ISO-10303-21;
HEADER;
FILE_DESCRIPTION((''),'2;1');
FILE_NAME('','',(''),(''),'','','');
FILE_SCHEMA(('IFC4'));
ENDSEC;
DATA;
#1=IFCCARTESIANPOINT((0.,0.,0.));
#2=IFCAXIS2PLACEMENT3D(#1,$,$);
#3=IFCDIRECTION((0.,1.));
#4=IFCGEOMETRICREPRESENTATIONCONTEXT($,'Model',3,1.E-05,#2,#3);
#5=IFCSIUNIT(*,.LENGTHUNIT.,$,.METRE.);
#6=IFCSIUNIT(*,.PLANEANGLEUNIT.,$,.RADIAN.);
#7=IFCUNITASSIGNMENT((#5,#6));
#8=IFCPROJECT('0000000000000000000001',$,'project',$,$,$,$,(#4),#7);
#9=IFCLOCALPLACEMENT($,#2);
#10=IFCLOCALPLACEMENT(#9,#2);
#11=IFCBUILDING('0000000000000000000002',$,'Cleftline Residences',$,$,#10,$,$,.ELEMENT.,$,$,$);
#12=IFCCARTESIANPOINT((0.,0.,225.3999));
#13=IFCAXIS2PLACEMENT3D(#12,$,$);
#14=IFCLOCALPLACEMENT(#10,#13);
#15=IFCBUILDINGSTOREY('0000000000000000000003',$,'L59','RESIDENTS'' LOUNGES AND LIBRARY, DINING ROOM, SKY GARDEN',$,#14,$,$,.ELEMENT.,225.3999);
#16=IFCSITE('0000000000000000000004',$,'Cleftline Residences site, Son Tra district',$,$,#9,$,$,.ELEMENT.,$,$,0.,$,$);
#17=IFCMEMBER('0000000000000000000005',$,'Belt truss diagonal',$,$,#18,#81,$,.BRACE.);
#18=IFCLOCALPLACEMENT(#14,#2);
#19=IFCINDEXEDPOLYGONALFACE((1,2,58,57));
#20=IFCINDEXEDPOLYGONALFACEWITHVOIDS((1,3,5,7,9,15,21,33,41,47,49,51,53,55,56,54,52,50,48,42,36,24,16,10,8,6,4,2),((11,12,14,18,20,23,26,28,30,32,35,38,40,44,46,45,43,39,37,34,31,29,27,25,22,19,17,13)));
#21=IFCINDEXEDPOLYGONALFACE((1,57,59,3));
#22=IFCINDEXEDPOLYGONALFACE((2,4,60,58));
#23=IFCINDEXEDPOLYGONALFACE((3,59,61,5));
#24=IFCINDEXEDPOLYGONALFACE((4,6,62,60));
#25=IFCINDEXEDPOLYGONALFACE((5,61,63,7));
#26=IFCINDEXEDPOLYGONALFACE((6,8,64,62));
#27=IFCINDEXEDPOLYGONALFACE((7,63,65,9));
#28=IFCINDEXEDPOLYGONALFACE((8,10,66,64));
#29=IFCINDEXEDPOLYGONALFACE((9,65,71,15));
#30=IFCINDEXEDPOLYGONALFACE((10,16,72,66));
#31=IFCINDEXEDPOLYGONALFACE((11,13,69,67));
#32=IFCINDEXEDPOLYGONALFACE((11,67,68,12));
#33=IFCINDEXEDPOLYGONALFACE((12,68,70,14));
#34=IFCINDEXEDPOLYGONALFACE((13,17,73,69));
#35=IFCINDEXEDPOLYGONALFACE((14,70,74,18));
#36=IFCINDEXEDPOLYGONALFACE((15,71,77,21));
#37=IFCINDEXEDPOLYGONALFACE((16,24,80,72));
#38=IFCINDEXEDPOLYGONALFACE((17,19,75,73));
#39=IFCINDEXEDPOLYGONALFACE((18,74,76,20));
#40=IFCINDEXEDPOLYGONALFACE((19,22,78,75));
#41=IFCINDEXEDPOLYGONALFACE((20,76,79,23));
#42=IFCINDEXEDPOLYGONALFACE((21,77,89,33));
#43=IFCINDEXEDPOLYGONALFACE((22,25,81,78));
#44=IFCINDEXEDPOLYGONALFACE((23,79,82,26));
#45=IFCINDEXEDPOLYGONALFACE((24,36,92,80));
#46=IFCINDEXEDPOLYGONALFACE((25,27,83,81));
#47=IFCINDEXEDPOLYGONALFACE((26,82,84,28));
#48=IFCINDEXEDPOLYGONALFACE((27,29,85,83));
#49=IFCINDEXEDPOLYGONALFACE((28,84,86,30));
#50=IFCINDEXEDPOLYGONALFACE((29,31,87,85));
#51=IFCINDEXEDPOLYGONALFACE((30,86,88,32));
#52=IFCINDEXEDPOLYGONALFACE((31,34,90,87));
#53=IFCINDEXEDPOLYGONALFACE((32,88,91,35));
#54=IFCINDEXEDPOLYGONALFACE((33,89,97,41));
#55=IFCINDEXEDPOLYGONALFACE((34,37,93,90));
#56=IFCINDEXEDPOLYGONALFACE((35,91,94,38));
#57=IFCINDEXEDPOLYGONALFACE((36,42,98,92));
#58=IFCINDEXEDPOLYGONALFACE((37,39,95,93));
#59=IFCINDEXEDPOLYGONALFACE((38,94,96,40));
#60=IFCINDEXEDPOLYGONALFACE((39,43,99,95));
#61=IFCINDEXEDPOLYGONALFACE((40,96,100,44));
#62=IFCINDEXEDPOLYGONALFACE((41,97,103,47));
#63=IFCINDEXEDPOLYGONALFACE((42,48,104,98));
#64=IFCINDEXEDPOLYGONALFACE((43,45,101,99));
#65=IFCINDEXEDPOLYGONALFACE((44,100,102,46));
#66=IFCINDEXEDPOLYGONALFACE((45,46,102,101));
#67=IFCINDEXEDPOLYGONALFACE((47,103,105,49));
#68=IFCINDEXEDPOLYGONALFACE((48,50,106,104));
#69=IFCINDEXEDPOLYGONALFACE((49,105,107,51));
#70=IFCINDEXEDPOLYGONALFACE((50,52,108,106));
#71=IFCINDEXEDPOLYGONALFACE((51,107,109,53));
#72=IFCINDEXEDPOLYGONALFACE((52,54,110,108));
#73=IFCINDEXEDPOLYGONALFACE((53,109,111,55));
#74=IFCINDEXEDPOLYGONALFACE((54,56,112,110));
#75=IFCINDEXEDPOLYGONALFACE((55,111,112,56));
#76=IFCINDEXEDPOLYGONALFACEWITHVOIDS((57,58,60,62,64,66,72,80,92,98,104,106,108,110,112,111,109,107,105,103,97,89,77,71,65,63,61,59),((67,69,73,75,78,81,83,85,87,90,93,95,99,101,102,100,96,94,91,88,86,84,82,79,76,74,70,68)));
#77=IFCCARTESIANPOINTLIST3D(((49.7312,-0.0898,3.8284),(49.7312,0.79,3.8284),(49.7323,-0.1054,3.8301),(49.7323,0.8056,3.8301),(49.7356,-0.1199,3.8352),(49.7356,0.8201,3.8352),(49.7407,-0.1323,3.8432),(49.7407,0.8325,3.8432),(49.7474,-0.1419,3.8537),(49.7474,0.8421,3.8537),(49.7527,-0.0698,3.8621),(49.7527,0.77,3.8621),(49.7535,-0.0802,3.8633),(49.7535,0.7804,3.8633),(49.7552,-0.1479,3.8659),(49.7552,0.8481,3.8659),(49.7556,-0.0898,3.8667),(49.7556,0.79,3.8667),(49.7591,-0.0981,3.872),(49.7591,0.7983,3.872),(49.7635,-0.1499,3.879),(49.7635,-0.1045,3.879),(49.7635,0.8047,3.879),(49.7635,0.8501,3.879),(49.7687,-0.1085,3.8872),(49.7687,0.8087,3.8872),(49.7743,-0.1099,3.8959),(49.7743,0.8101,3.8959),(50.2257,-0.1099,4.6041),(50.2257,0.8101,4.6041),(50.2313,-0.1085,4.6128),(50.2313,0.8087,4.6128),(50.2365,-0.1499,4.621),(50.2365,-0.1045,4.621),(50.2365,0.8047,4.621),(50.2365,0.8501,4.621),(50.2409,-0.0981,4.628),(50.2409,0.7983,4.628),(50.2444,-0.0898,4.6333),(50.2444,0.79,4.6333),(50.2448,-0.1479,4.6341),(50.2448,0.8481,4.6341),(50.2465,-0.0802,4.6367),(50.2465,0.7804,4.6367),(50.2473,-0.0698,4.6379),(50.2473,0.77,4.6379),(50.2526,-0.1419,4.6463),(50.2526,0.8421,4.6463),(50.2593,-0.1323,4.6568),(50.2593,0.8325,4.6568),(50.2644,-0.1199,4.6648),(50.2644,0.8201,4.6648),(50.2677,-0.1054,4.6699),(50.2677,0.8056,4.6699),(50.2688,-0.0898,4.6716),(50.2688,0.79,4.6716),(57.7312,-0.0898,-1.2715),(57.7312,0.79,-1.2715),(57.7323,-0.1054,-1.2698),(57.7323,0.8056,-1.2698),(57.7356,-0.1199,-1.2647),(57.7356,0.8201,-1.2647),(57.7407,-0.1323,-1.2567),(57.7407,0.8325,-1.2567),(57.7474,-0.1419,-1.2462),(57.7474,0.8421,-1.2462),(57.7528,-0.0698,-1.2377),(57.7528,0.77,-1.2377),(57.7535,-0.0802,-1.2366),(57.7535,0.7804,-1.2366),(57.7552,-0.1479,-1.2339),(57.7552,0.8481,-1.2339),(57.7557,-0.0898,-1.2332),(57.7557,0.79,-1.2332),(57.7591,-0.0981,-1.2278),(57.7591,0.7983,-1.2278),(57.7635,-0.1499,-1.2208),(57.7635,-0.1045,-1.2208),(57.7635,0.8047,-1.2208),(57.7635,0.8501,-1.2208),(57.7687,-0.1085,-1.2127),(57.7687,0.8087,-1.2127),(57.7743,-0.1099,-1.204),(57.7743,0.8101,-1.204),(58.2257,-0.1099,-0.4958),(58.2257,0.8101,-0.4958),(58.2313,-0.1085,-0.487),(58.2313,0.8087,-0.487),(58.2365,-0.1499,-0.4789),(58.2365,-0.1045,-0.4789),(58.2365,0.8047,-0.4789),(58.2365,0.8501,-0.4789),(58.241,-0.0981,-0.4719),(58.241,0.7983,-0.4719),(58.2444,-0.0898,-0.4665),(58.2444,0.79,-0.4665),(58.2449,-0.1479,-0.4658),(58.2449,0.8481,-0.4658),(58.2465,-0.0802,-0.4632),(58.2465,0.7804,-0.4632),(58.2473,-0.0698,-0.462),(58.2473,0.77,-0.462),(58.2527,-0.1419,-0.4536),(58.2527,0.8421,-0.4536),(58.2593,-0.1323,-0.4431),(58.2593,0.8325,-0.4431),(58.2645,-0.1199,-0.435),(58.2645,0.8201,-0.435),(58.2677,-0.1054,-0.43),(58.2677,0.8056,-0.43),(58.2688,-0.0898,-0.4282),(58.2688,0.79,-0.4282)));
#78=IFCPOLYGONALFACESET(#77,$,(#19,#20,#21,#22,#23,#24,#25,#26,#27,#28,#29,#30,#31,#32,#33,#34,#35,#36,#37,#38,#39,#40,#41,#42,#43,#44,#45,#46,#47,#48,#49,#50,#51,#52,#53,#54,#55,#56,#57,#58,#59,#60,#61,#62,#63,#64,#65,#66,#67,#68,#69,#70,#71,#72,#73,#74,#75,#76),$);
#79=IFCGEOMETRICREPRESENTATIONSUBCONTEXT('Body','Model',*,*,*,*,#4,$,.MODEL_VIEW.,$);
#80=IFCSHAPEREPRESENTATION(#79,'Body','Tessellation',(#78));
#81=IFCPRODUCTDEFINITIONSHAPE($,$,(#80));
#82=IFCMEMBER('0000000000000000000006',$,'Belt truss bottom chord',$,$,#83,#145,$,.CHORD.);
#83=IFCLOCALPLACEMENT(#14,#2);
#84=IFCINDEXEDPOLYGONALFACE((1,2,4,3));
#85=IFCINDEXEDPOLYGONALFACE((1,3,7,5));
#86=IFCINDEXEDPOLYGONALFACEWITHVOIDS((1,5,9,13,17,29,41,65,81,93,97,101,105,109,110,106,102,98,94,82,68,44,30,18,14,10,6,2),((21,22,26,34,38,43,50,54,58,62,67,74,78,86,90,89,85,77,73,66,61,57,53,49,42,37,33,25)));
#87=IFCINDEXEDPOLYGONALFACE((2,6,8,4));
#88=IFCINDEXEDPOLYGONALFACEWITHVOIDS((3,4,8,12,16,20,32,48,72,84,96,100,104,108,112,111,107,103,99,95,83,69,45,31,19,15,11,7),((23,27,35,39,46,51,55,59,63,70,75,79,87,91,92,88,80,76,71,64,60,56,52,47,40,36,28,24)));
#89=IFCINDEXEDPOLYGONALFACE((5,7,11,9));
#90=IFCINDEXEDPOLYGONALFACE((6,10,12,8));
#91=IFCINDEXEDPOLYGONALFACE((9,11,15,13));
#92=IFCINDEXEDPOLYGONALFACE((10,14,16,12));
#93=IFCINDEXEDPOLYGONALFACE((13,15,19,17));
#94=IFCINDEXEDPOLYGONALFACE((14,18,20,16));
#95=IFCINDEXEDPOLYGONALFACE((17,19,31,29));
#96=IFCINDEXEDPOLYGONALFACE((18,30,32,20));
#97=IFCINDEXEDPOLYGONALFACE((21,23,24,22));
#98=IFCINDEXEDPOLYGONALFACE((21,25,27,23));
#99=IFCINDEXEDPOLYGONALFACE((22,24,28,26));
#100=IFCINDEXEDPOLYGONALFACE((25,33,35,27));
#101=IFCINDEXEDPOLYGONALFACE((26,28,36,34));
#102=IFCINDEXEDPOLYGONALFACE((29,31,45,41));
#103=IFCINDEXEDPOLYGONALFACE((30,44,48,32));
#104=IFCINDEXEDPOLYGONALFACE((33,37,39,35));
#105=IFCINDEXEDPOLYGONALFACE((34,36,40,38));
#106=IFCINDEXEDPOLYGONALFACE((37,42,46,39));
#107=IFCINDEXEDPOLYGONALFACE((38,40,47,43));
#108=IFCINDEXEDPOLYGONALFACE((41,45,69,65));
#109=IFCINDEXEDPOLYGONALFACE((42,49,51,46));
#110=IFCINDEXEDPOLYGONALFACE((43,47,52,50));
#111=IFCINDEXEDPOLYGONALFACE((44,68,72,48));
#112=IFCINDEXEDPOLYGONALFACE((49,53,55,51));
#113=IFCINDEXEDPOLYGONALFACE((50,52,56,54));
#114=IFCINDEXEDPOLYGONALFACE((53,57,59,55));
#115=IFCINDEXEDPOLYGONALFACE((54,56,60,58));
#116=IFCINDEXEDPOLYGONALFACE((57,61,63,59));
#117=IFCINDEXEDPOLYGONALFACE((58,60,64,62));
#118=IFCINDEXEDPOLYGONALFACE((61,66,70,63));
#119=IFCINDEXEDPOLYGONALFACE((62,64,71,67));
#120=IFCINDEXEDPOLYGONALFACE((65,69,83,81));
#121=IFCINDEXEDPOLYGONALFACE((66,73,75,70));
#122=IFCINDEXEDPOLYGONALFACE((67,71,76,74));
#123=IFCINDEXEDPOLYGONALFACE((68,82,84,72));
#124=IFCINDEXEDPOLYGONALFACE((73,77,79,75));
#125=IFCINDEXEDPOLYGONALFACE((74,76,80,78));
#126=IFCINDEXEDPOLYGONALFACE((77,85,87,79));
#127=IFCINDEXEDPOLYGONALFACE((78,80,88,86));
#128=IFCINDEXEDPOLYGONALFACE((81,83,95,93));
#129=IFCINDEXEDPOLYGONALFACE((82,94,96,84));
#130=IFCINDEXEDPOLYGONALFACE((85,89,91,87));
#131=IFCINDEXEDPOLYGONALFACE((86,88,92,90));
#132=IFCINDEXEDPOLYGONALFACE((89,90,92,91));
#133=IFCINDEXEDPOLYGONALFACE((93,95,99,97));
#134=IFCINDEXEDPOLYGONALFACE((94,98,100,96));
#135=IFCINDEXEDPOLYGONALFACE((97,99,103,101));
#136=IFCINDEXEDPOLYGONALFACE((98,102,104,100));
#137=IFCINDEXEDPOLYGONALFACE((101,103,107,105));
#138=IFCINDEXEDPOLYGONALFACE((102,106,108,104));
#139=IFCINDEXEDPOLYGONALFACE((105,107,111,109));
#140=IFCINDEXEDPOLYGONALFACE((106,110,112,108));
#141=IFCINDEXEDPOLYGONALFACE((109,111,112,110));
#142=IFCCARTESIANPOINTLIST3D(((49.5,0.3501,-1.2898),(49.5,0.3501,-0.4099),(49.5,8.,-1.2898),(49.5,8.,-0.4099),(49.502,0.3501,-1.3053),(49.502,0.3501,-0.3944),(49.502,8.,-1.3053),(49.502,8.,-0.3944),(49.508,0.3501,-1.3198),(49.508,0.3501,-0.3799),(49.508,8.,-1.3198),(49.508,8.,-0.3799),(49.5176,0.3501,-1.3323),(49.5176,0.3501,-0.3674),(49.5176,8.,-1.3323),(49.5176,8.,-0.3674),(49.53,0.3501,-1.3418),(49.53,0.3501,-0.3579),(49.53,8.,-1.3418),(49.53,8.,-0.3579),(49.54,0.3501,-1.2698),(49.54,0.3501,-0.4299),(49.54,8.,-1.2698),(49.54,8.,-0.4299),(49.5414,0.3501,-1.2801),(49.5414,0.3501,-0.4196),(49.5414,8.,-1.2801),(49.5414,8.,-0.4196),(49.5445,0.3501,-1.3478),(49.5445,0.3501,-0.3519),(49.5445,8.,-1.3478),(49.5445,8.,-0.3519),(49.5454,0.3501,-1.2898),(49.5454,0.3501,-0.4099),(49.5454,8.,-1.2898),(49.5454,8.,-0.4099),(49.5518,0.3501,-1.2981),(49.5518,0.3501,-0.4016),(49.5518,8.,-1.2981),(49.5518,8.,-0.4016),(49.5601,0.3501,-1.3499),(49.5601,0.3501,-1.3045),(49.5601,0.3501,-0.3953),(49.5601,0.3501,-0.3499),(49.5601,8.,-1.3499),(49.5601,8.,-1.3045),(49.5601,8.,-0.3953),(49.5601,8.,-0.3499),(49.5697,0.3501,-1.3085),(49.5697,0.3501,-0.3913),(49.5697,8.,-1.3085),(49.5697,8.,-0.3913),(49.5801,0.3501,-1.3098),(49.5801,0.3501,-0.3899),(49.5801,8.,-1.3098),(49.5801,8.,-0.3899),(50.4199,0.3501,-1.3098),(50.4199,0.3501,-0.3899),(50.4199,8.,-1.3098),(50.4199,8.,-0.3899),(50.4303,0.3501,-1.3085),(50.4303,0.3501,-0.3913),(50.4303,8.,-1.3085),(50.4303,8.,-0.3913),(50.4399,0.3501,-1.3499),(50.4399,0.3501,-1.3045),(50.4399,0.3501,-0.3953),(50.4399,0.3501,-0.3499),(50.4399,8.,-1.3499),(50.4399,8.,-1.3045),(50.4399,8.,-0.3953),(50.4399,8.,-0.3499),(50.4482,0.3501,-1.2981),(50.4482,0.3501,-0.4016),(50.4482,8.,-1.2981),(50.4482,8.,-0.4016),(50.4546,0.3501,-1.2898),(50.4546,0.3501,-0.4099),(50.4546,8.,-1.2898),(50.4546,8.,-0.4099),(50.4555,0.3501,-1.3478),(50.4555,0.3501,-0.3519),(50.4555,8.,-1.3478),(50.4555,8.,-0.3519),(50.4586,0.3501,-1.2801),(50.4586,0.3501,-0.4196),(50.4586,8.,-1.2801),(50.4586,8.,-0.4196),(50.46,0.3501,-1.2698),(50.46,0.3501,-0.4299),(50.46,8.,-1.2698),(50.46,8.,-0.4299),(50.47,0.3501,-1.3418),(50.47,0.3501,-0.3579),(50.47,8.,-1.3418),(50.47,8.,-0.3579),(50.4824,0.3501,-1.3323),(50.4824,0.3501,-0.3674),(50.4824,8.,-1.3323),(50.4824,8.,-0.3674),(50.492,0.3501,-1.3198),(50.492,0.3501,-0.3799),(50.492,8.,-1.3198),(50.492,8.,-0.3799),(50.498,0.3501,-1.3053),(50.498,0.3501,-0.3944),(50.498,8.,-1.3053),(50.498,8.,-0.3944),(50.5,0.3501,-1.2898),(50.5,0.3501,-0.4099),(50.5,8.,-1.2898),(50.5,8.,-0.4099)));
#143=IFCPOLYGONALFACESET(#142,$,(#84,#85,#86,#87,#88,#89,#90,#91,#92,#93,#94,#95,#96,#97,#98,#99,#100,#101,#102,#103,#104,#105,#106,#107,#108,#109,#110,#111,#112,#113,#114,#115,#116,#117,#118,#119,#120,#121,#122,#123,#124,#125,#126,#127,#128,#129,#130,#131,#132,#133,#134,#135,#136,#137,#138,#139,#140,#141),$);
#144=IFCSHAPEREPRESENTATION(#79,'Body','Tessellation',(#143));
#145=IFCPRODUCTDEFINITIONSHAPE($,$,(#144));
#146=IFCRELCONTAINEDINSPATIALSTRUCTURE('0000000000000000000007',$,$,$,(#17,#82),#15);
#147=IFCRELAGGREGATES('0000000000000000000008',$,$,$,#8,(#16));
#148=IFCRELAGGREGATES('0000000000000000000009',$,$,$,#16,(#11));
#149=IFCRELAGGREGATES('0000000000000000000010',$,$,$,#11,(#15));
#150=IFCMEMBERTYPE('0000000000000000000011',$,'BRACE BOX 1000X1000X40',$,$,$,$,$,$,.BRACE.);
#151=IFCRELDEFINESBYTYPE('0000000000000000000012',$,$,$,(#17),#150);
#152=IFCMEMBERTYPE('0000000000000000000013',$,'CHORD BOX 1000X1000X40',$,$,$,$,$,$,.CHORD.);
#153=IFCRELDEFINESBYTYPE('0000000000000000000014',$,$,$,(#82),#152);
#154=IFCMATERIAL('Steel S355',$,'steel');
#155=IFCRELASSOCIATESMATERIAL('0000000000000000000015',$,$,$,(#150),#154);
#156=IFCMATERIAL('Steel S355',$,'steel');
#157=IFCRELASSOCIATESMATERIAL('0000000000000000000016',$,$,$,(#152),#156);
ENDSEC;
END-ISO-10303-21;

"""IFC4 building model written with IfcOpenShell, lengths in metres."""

from ifc_helpers import new_model, si_unit, direction, frame, origin, origin_2d, place, context, subcontext, project, spatial, hollow_rectangle, extrude, material, material_profile, profile_set, type_object, element, save


model = new_model("IFC4")

# Units and contexts
model_context = context("Model", 3, precision=1e-05, world=origin(), true_north=direction((0.0, 1.0)))
body_context = subcontext(model_context, "Body", "Model", "MODEL_VIEW")
ifc_project = project(units=[si_unit("LENGTHUNIT", "METRE"), si_unit("PLANEANGLEUNIT", "RADIAN")], contexts=[model_context])

# Site, building, storey
site_placement = place(None, origin())
site = spatial("IfcSite", under=ifc_project, at=site_placement, Name="Cleftline Residences site, Son Tra district", CompositionType="ELEMENT", RefElevation=0.0)
building_placement = place(site_placement, origin())
building = spatial("IfcBuilding", under=site, at=building_placement, Name="Cleftline Residences", CompositionType="ELEMENT")
storey_placement = place(building_placement, frame((0.0, 0.0, 225.3999)))
storey = spatial("IfcBuildingStorey", under=building, at=storey_placement, Name="L59", Description="RESIDENTS' LOUNGES AND LIBRARY, DINING ROOM, SKY GARDEN", CompositionType="ELEMENT", Elevation=225.3999)

# Members
ifc_material_1 = material(Name="Steel S355", Category="steel")
ifc_material_profile_1 = material_profile(ifc_material_1, hollow_rectangle(XDim=1.0, YDim=1.0, WallThickness=0.04, InnerFilletRadius=0.04, OuterFilletRadius=0.0601, at=origin_2d()))
ifc_profile_set_1 = profile_set([ifc_material_profile_1], Name="Steel S355")
member_type_1 = type_object("IfcMemberType", Name="BRACE BOX 1000X1000X40", PredefinedType="BRACE", material=ifc_profile_set_1)
for number, where, z_axis, x_axis, name in (
    (1, (50.0, 0.3501, 4.25), (0.843234, 0.0, -0.537546), (0.537546, 0.0, 0.843234), "Belt truss diagonal"),
):
    element("IfcMember", number, at=place(storey_placement, frame(where, z_axis=z_axis, x_axis=x_axis)), inside=storey, type_object=member_type_1, Name=name, PredefinedType="BRACE", context=body_context, shape_type="SweptSolid", body=[
        extrude(hollow_rectangle(XDim=1.0, YDim=1.0, WallThickness=0.04, InnerFilletRadius=0.04, OuterFilletRadius=0.0601, at=origin_2d()), origin(), (0.0, 0.0, 1.0), 9.4873),
    ])
ifc_material_2 = material(Name="Steel S355", Category="steel")
ifc_material_profile_2 = material_profile(ifc_material_2, hollow_rectangle(XDim=1.0, YDim=1.0, WallThickness=0.04, InnerFilletRadius=0.04, OuterFilletRadius=0.0601, at=origin_2d()))
ifc_profile_set_2 = profile_set([ifc_material_profile_2], Name="Steel S355")
member_type_2 = type_object("IfcMemberType", Name="CHORD BOX 1000X1000X40", PredefinedType="CHORD", material=ifc_profile_set_2)
for number, where, z_axis, x_axis, name in (
    (2, (50.0, 0.3501, -0.8499), (0.0, 1.0, 0.0), (-1.0, 0.0, 0.0), "Belt truss bottom chord"),
):
    element("IfcMember", number, at=place(storey_placement, frame(where, z_axis=z_axis, x_axis=x_axis)), inside=storey, type_object=member_type_2, Name=name, PredefinedType="CHORD", context=body_context, shape_type="SweptSolid", body=[
        extrude(hollow_rectangle(XDim=1.0, YDim=1.0, WallThickness=0.04, InnerFilletRadius=0.04, OuterFilletRadius=0.0601, at=origin_2d()), origin(), (0.0, 0.0, 1.0), 7.6499),
    ])

save(model, "model.ifc")
